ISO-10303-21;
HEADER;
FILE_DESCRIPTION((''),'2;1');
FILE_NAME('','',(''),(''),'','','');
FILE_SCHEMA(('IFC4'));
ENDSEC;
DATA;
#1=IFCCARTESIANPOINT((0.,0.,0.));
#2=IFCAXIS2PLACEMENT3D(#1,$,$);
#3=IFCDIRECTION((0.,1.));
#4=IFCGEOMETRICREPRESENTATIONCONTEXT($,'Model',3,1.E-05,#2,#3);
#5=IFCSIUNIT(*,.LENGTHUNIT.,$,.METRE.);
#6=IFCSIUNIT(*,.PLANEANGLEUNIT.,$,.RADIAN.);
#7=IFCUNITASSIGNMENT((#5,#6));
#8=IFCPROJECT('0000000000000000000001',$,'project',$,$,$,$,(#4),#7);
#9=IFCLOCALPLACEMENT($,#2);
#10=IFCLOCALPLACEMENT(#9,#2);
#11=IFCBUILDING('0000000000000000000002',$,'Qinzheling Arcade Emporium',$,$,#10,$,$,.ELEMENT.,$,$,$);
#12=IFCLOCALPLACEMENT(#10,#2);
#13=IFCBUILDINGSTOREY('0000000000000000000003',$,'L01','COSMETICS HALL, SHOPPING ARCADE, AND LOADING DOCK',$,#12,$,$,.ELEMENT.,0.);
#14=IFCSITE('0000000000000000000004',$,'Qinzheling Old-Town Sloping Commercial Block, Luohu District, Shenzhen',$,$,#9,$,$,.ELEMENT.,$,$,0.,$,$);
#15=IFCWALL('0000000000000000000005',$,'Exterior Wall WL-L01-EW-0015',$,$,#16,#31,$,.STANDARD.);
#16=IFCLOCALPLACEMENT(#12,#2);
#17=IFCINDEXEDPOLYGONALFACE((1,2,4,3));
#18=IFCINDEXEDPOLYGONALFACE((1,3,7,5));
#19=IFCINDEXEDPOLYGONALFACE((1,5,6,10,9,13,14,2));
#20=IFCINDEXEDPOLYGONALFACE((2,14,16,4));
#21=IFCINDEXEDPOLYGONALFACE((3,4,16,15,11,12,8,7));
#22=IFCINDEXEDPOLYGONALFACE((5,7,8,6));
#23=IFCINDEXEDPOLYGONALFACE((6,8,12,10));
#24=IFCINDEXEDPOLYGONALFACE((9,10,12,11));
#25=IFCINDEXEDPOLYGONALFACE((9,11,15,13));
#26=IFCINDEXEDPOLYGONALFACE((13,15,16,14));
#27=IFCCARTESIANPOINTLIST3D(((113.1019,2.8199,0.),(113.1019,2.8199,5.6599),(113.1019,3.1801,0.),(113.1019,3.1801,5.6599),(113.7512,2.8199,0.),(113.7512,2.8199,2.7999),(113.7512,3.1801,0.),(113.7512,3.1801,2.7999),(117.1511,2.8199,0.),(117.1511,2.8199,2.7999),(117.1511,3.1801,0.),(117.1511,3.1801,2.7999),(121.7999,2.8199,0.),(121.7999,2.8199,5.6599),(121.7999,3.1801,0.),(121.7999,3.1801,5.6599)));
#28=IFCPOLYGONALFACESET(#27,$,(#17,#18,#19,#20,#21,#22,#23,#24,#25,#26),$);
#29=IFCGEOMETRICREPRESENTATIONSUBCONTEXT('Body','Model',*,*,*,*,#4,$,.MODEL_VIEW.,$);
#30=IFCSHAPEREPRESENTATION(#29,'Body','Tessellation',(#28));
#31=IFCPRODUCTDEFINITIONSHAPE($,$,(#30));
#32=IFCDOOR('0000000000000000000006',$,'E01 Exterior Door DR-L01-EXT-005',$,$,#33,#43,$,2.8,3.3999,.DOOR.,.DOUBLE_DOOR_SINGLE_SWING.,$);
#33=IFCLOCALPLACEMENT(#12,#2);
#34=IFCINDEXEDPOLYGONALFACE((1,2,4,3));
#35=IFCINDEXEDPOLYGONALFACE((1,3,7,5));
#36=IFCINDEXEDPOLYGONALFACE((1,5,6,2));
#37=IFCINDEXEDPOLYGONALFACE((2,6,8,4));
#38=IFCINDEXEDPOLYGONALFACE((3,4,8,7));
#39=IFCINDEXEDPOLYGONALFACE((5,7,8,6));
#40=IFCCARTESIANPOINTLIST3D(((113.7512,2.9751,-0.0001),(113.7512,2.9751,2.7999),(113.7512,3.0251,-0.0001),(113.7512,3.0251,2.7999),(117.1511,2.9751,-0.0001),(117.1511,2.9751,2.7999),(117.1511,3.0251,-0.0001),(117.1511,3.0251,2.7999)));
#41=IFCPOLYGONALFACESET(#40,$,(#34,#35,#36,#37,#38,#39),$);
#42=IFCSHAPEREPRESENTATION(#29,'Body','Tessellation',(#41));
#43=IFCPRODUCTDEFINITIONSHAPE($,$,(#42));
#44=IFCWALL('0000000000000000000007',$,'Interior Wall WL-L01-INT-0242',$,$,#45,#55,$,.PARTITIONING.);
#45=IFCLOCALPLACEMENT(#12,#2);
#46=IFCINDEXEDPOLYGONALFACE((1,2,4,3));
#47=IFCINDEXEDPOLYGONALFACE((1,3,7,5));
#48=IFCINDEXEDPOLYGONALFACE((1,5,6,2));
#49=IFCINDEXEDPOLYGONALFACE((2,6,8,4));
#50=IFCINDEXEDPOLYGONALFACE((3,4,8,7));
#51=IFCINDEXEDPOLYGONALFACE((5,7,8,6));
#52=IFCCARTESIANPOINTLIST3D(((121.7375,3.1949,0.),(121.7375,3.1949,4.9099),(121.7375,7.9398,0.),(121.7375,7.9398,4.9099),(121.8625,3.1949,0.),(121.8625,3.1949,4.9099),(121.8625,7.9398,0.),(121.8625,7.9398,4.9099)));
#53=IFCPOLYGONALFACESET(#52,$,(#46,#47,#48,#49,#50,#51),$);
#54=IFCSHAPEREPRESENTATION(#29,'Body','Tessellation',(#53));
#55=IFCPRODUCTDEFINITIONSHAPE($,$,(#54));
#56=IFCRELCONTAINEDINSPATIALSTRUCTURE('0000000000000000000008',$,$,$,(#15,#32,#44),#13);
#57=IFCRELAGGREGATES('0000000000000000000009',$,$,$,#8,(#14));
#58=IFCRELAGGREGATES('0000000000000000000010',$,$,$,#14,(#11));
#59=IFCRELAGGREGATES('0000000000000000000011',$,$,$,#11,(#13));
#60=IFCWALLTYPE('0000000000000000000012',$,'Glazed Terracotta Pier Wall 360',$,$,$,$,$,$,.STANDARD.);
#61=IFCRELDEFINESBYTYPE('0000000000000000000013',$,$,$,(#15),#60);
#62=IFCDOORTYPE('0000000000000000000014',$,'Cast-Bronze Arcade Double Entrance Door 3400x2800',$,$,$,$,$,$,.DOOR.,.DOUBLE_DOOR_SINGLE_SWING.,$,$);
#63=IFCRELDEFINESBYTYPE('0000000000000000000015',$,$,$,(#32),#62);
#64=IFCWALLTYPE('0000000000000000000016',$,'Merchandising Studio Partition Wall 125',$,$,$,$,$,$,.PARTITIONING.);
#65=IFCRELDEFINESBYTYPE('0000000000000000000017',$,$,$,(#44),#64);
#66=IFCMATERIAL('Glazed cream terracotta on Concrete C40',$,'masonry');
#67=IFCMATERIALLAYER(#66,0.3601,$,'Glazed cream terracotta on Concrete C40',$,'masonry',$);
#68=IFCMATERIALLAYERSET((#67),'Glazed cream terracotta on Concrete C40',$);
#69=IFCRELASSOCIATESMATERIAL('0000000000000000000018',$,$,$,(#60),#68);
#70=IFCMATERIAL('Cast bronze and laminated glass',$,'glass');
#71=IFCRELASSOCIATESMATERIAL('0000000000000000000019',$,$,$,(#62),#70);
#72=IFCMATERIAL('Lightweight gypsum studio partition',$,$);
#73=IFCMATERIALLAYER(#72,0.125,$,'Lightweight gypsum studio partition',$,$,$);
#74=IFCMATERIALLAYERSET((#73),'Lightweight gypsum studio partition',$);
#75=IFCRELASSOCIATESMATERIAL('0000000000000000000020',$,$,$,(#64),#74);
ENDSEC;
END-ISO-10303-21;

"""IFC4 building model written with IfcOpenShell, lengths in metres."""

from ifc_helpers import new_model, si_unit, direction, frame, frame_2d, origin, place, context, subcontext, project, spatial, rectangle, extrude, material, layer, layer_set, type_object, element, fill, save


model = new_model("IFC4")

# Units and contexts
model_context = context("Model", 3, precision=1e-05, world=origin(), true_north=direction((0.0, 1.0)))
body_context = subcontext(model_context, "Body", "Model", "MODEL_VIEW")
ifc_project = project(units=[si_unit("LENGTHUNIT", "METRE"), si_unit("PLANEANGLEUNIT", "RADIAN")], contexts=[model_context])

# Site, building, storey
site_placement = place(None, origin())
site = spatial("IfcSite", under=ifc_project, at=site_placement, Name="Qinzheling Old-Town Sloping Commercial Block, Luohu District, Shenzhen", CompositionType="ELEMENT", RefElevation=0.0)
building_placement = place(site_placement, origin())
building = spatial("IfcBuilding", under=site, at=building_placement, Name="Qinzheling Arcade Emporium", CompositionType="ELEMENT")
storey_placement = place(building_placement, origin())
storey = spatial("IfcBuildingStorey", under=building, at=storey_placement, Name="L01", Description="COSMETICS HALL, SHOPPING ARCADE, AND LOADING DOCK", CompositionType="ELEMENT", Elevation=0.0)

# Wall, opening, door
ifc_material_1 = material(Name="Glazed cream terracotta on Concrete C40", Category="masonry")
ifc_layer_1 = layer(ifc_material_1, 0.3601, Name="Glazed cream terracotta on Concrete C40", Category="masonry")
ifc_layer_set_1 = layer_set([ifc_layer_1], Name="Glazed cream terracotta on Concrete C40")
wall_type_1 = type_object("IfcWallType", Name="Glazed Terracotta Pier Wall 360", PredefinedType="STANDARD", material=ifc_layer_set_1)
wall_1_placement = place(storey_placement, frame((121.8, 3.0, 0.0), z_axis=(0.0, 0.0, 1.0), x_axis=(-1.0, 0.0, 0.0)))
wall_1 = element("IfcWall", 1, at=wall_1_placement, inside=storey, type_object=wall_type_1, Name="Exterior Wall WL-L01-EW-0015", PredefinedType="STANDARD", context=body_context, shape_type="SweptSolid", body=[
    extrude(rectangle(XDim=8.698, YDim=0.3601, at=frame_2d((4.3491, 0.0))), origin(), (0.0, 0.0, 1.0), 5.6599),
])
opening_1_placement = place(wall_1_placement, frame((4.6489, 0.0, 0.0)))
opening_1 = element("IfcOpeningElement", 2, at=opening_1_placement, cuts=wall_1, PredefinedType="OPENING", context=body_context, shape_type="SweptSolid", body=[
    extrude(rectangle(XDim=3.3999, YDim=2.8, at=frame_2d((1.7, 1.3999))), frame((0.0, 0.1899, 0.0), z_axis=(0.0, -1.0, 0.0), x_axis=(1.0, 0.0, 0.0)), (0.0, 0.0, 1.0), 0.3801),
])
ifc_material_2 = material(Name="Cast bronze and laminated glass", Category="glass")
door_type_1 = type_object("IfcDoorType", Name="Cast-Bronze Arcade Double Entrance Door 3400x2800", OperationType="DOUBLE_DOOR_SINGLE_SWING", PredefinedType="DOOR", material=ifc_material_2)
door_1_placement = place(opening_1_placement, origin())
door_1 = element("IfcDoor", 3, at=door_1_placement, inside=storey, type_object=door_type_1, Name="E01 Exterior Door DR-L01-EXT-005", OperationType="DOUBLE_DOOR_SINGLE_SWING", OverallHeight=2.8, OverallWidth=3.3999, PredefinedType="DOOR", context=body_context, shape_type="SweptSolid", body=[
    extrude(rectangle(XDim=3.3999, YDim=2.8, at=frame_2d((1.7, 1.3999))), frame((0.0, 0.0249, 0.0), z_axis=(0.0, -1.0, 0.0), x_axis=(1.0, 0.0, 0.0)), (0.0, 0.0, 1.0), 0.05),
])
fill(opening_1, door_1)

# Wall
ifc_material_3 = material(Name="Lightweight gypsum studio partition")
ifc_layer_2 = layer(ifc_material_3, 0.125, Name="Lightweight gypsum studio partition")
ifc_layer_set_2 = layer_set([ifc_layer_2], Name="Lightweight gypsum studio partition")
wall_type_2 = type_object("IfcWallType", Name="Merchandising Studio Partition Wall 125", PredefinedType="PARTITIONING", material=ifc_layer_set_2)
wall_2_placement = place(storey_placement, frame((121.8, 7.9399, 0.0), z_axis=(0.0, 0.0, 1.0), x_axis=(0.0, -1.0, 0.0)))
element("IfcWall", 4, at=wall_2_placement, inside=storey, type_object=wall_type_2, Name="Interior Wall WL-L01-INT-0242", PredefinedType="PARTITIONING", context=body_context, shape_type="SweptSolid", body=[
    extrude(rectangle(XDim=4.7449, YDim=0.125, at=frame_2d((2.3726, 0.0))), origin(), (0.0, 0.0, 1.0), 4.9099),
])

save(model, "model.ifc")
